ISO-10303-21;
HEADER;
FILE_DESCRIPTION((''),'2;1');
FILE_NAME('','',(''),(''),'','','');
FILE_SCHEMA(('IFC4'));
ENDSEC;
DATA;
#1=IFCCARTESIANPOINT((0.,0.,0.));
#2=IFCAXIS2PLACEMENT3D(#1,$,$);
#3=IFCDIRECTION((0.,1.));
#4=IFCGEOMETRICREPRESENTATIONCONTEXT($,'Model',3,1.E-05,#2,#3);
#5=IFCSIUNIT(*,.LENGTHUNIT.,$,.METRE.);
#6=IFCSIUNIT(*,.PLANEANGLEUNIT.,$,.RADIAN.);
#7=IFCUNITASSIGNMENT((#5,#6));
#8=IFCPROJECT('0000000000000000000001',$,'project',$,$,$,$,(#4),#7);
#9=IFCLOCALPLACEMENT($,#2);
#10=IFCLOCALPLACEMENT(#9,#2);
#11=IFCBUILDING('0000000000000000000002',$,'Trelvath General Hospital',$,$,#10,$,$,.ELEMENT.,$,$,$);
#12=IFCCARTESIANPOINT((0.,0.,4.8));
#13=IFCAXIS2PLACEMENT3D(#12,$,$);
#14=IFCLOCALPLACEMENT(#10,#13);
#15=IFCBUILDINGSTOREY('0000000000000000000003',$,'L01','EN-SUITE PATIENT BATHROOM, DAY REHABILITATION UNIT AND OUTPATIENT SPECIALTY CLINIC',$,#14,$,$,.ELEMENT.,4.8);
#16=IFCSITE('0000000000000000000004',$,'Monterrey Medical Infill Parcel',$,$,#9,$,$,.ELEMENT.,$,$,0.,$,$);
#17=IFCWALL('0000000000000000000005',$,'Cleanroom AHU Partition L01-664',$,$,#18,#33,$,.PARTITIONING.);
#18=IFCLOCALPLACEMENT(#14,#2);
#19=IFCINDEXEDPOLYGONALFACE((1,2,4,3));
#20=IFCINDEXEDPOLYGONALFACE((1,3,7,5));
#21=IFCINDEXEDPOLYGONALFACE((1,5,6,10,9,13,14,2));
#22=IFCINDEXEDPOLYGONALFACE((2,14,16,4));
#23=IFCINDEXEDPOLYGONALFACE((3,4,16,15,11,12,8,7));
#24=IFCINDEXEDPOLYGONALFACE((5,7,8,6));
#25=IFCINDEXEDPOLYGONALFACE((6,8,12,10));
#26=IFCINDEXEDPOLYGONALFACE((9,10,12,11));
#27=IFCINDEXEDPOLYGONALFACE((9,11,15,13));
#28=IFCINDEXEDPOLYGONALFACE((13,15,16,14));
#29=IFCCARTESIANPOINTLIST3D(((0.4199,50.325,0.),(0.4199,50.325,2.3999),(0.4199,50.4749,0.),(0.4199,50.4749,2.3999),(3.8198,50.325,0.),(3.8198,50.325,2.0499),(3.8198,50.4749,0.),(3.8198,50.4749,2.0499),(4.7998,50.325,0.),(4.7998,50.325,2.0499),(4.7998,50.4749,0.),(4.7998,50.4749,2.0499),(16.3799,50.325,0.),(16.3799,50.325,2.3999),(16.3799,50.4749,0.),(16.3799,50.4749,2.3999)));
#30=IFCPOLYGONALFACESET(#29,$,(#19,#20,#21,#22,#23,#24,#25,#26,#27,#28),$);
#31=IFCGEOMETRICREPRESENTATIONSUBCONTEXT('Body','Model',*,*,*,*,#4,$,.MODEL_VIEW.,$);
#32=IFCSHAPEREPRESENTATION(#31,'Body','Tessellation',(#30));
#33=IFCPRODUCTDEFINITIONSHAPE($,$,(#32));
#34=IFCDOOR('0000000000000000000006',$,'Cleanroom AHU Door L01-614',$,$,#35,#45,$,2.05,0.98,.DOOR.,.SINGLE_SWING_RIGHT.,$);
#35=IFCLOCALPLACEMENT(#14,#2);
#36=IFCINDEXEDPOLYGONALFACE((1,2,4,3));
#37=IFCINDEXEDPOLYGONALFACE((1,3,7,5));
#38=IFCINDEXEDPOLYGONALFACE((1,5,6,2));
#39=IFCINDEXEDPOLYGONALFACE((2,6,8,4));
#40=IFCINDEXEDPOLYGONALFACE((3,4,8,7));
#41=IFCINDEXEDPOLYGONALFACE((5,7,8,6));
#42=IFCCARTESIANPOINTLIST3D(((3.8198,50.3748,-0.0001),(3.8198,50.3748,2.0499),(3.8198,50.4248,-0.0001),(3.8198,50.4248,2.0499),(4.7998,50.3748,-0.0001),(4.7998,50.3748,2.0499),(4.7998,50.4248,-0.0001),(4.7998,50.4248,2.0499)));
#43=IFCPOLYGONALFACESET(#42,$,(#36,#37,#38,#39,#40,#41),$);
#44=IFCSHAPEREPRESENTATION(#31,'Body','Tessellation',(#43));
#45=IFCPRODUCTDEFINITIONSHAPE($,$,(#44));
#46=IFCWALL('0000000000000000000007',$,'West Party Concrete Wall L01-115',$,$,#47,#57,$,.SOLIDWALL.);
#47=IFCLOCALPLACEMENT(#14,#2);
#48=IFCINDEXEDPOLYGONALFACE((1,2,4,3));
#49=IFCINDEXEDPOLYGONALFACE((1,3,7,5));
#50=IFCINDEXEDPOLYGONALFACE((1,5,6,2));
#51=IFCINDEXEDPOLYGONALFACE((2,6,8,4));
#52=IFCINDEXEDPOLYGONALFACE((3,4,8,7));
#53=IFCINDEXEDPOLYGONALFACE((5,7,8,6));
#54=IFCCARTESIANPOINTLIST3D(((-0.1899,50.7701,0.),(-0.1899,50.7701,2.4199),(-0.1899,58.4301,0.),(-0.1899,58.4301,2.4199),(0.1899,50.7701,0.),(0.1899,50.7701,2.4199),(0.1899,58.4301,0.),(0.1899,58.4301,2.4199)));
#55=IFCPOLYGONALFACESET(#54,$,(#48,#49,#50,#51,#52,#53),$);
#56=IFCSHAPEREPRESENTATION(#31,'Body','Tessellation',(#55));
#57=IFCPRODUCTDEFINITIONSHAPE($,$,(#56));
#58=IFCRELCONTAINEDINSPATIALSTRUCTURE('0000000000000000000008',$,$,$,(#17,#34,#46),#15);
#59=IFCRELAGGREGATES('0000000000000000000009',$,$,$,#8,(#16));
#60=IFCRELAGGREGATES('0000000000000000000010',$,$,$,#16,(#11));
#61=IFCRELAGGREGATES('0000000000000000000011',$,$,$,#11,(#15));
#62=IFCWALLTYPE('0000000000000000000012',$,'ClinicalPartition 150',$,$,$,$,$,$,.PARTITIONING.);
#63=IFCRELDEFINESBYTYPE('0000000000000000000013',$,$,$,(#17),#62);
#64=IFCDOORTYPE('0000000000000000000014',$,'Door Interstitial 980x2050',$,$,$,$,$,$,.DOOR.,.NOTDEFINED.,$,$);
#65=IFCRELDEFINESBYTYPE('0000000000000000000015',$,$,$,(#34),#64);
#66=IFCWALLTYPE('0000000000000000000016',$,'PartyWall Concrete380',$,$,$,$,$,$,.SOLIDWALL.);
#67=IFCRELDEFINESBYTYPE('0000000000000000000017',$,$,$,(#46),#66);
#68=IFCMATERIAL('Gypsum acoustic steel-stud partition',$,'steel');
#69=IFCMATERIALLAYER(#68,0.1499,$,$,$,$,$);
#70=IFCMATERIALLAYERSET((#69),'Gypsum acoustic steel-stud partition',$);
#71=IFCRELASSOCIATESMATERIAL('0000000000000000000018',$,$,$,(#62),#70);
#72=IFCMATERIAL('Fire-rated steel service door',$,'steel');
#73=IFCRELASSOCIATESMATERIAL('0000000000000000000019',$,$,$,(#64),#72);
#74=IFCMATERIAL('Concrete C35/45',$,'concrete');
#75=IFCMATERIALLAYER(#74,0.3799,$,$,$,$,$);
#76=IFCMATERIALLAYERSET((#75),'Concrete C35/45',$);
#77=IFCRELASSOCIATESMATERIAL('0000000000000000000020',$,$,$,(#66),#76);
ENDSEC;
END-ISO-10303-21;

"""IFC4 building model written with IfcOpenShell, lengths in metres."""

from ifc_helpers import new_model, si_unit, direction, frame, frame_2d, origin, place, context, subcontext, project, spatial, rectangle, extrude, material, layer, layer_set, type_object, element, fill, save


model = new_model("IFC4")

# Units and contexts
model_context = context("Model", 3, precision=1e-05, world=origin(), true_north=direction((0.0, 1.0)))
body_context = subcontext(model_context, "Body", "Model", "MODEL_VIEW")
ifc_project = project(units=[si_unit("LENGTHUNIT", "METRE"), si_unit("PLANEANGLEUNIT", "RADIAN")], contexts=[model_context])

# Site, building, storey
site_placement = place(None, origin())
site = spatial("IfcSite", under=ifc_project, at=site_placement, Name="Monterrey Medical Infill Parcel", CompositionType="ELEMENT", RefElevation=0.0)
building_placement = place(site_placement, origin())
building = spatial("IfcBuilding", under=site, at=building_placement, Name="Trelvath General Hospital", CompositionType="ELEMENT")
storey_placement = place(building_placement, frame((0.0, 0.0, 4.8)))
storey = spatial("IfcBuildingStorey", under=building, at=storey_placement, Name="L01", Description="EN-SUITE PATIENT BATHROOM, DAY REHABILITATION UNIT AND OUTPATIENT SPECIALTY CLINIC", CompositionType="ELEMENT", Elevation=4.8)

# Wall, opening, door
ifc_material_1 = material(Name="Gypsum acoustic steel-stud partition", Category="steel")
ifc_layer_1 = layer(ifc_material_1, 0.1499)
ifc_layer_set_1 = layer_set([ifc_layer_1], Name="Gypsum acoustic steel-stud partition")
wall_type_1 = type_object("IfcWallType", Name="ClinicalPartition 150", PredefinedType="PARTITIONING", material=ifc_layer_set_1)
wall_1_placement = place(storey_placement, frame((0.4199, 50.3999, 0.0), z_axis=(0.0, 0.0, 1.0), x_axis=(1.0, 0.0, 0.0)))
wall_1 = element("IfcWall", 1, at=wall_1_placement, inside=storey, type_object=wall_type_1, Name="Cleanroom AHU Partition L01-664", PredefinedType="PARTITIONING", context=body_context, shape_type="SweptSolid", body=[
    extrude(rectangle(XDim=15.96, YDim=0.1499, at=frame_2d((7.98, 0.0))), origin(), (0.0, 0.0, 1.0), 2.3999),
])
opening_placement = place(wall_1_placement, frame((3.3999, 0.0, 0.0)))
opening = element("IfcOpeningElement", 2, at=opening_placement, cuts=wall_1, PredefinedType="OPENING", context=body_context, shape_type="SweptSolid", body=[
    extrude(rectangle(XDim=0.98, YDim=2.05, at=frame_2d((0.49, 1.0249))), frame((0.0, 0.085, 0.0), z_axis=(0.0, -1.0, 0.0), x_axis=(1.0, 0.0, 0.0)), (0.0, 0.0, 1.0), 0.1699),
])
ifc_material_2 = material(Name="Fire-rated steel service door", Category="steel")
door_type = type_object("IfcDoorType", Name="Door Interstitial 980x2050", OperationType="NOTDEFINED", PredefinedType="DOOR", material=ifc_material_2)
door_placement = place(opening_placement, origin())
door = element("IfcDoor", 3, at=door_placement, inside=storey, type_object=door_type, Name="Cleanroom AHU Door L01-614", OperationType="SINGLE_SWING_RIGHT", OverallHeight=2.05, OverallWidth=0.98, PredefinedType="DOOR", context=body_context, shape_type="SweptSolid", body=[
    extrude(rectangle(XDim=0.98, YDim=2.05, at=frame_2d((0.49, 1.0249))), frame((0.0, 0.0249, 0.0), z_axis=(0.0, -1.0, 0.0), x_axis=(1.0, 0.0, 0.0)), (0.0, 0.0, 1.0), 0.05),
])
fill(opening, door)

# Wall
ifc_material_3 = material(Name="Concrete C35/45", Category="concrete")
ifc_layer_2 = layer(ifc_material_3, 0.3799)
ifc_layer_set_2 = layer_set([ifc_layer_2], Name="Concrete C35/45")
wall_type_2 = type_object("IfcWallType", Name="PartyWall Concrete380", PredefinedType="SOLIDWALL", material=ifc_layer_set_2)
wall_2_placement = place(storey_placement, frame((0.0, 50.77, 0.0), z_axis=(0.0, 0.0, 1.0), x_axis=(0.0, 1.0, 0.0)))
element("IfcWall", 4, at=wall_2_placement, inside=storey, type_object=wall_type_2, Name="West Party Concrete Wall L01-115", PredefinedType="SOLIDWALL", context=body_context, shape_type="SweptSolid", body=[
    extrude(rectangle(XDim=7.6599, YDim=0.3799, at=frame_2d((3.8301, 0.0))), origin(), (0.0, 0.0, 1.0), 2.4199),
])

save(model, "model.ifc")
